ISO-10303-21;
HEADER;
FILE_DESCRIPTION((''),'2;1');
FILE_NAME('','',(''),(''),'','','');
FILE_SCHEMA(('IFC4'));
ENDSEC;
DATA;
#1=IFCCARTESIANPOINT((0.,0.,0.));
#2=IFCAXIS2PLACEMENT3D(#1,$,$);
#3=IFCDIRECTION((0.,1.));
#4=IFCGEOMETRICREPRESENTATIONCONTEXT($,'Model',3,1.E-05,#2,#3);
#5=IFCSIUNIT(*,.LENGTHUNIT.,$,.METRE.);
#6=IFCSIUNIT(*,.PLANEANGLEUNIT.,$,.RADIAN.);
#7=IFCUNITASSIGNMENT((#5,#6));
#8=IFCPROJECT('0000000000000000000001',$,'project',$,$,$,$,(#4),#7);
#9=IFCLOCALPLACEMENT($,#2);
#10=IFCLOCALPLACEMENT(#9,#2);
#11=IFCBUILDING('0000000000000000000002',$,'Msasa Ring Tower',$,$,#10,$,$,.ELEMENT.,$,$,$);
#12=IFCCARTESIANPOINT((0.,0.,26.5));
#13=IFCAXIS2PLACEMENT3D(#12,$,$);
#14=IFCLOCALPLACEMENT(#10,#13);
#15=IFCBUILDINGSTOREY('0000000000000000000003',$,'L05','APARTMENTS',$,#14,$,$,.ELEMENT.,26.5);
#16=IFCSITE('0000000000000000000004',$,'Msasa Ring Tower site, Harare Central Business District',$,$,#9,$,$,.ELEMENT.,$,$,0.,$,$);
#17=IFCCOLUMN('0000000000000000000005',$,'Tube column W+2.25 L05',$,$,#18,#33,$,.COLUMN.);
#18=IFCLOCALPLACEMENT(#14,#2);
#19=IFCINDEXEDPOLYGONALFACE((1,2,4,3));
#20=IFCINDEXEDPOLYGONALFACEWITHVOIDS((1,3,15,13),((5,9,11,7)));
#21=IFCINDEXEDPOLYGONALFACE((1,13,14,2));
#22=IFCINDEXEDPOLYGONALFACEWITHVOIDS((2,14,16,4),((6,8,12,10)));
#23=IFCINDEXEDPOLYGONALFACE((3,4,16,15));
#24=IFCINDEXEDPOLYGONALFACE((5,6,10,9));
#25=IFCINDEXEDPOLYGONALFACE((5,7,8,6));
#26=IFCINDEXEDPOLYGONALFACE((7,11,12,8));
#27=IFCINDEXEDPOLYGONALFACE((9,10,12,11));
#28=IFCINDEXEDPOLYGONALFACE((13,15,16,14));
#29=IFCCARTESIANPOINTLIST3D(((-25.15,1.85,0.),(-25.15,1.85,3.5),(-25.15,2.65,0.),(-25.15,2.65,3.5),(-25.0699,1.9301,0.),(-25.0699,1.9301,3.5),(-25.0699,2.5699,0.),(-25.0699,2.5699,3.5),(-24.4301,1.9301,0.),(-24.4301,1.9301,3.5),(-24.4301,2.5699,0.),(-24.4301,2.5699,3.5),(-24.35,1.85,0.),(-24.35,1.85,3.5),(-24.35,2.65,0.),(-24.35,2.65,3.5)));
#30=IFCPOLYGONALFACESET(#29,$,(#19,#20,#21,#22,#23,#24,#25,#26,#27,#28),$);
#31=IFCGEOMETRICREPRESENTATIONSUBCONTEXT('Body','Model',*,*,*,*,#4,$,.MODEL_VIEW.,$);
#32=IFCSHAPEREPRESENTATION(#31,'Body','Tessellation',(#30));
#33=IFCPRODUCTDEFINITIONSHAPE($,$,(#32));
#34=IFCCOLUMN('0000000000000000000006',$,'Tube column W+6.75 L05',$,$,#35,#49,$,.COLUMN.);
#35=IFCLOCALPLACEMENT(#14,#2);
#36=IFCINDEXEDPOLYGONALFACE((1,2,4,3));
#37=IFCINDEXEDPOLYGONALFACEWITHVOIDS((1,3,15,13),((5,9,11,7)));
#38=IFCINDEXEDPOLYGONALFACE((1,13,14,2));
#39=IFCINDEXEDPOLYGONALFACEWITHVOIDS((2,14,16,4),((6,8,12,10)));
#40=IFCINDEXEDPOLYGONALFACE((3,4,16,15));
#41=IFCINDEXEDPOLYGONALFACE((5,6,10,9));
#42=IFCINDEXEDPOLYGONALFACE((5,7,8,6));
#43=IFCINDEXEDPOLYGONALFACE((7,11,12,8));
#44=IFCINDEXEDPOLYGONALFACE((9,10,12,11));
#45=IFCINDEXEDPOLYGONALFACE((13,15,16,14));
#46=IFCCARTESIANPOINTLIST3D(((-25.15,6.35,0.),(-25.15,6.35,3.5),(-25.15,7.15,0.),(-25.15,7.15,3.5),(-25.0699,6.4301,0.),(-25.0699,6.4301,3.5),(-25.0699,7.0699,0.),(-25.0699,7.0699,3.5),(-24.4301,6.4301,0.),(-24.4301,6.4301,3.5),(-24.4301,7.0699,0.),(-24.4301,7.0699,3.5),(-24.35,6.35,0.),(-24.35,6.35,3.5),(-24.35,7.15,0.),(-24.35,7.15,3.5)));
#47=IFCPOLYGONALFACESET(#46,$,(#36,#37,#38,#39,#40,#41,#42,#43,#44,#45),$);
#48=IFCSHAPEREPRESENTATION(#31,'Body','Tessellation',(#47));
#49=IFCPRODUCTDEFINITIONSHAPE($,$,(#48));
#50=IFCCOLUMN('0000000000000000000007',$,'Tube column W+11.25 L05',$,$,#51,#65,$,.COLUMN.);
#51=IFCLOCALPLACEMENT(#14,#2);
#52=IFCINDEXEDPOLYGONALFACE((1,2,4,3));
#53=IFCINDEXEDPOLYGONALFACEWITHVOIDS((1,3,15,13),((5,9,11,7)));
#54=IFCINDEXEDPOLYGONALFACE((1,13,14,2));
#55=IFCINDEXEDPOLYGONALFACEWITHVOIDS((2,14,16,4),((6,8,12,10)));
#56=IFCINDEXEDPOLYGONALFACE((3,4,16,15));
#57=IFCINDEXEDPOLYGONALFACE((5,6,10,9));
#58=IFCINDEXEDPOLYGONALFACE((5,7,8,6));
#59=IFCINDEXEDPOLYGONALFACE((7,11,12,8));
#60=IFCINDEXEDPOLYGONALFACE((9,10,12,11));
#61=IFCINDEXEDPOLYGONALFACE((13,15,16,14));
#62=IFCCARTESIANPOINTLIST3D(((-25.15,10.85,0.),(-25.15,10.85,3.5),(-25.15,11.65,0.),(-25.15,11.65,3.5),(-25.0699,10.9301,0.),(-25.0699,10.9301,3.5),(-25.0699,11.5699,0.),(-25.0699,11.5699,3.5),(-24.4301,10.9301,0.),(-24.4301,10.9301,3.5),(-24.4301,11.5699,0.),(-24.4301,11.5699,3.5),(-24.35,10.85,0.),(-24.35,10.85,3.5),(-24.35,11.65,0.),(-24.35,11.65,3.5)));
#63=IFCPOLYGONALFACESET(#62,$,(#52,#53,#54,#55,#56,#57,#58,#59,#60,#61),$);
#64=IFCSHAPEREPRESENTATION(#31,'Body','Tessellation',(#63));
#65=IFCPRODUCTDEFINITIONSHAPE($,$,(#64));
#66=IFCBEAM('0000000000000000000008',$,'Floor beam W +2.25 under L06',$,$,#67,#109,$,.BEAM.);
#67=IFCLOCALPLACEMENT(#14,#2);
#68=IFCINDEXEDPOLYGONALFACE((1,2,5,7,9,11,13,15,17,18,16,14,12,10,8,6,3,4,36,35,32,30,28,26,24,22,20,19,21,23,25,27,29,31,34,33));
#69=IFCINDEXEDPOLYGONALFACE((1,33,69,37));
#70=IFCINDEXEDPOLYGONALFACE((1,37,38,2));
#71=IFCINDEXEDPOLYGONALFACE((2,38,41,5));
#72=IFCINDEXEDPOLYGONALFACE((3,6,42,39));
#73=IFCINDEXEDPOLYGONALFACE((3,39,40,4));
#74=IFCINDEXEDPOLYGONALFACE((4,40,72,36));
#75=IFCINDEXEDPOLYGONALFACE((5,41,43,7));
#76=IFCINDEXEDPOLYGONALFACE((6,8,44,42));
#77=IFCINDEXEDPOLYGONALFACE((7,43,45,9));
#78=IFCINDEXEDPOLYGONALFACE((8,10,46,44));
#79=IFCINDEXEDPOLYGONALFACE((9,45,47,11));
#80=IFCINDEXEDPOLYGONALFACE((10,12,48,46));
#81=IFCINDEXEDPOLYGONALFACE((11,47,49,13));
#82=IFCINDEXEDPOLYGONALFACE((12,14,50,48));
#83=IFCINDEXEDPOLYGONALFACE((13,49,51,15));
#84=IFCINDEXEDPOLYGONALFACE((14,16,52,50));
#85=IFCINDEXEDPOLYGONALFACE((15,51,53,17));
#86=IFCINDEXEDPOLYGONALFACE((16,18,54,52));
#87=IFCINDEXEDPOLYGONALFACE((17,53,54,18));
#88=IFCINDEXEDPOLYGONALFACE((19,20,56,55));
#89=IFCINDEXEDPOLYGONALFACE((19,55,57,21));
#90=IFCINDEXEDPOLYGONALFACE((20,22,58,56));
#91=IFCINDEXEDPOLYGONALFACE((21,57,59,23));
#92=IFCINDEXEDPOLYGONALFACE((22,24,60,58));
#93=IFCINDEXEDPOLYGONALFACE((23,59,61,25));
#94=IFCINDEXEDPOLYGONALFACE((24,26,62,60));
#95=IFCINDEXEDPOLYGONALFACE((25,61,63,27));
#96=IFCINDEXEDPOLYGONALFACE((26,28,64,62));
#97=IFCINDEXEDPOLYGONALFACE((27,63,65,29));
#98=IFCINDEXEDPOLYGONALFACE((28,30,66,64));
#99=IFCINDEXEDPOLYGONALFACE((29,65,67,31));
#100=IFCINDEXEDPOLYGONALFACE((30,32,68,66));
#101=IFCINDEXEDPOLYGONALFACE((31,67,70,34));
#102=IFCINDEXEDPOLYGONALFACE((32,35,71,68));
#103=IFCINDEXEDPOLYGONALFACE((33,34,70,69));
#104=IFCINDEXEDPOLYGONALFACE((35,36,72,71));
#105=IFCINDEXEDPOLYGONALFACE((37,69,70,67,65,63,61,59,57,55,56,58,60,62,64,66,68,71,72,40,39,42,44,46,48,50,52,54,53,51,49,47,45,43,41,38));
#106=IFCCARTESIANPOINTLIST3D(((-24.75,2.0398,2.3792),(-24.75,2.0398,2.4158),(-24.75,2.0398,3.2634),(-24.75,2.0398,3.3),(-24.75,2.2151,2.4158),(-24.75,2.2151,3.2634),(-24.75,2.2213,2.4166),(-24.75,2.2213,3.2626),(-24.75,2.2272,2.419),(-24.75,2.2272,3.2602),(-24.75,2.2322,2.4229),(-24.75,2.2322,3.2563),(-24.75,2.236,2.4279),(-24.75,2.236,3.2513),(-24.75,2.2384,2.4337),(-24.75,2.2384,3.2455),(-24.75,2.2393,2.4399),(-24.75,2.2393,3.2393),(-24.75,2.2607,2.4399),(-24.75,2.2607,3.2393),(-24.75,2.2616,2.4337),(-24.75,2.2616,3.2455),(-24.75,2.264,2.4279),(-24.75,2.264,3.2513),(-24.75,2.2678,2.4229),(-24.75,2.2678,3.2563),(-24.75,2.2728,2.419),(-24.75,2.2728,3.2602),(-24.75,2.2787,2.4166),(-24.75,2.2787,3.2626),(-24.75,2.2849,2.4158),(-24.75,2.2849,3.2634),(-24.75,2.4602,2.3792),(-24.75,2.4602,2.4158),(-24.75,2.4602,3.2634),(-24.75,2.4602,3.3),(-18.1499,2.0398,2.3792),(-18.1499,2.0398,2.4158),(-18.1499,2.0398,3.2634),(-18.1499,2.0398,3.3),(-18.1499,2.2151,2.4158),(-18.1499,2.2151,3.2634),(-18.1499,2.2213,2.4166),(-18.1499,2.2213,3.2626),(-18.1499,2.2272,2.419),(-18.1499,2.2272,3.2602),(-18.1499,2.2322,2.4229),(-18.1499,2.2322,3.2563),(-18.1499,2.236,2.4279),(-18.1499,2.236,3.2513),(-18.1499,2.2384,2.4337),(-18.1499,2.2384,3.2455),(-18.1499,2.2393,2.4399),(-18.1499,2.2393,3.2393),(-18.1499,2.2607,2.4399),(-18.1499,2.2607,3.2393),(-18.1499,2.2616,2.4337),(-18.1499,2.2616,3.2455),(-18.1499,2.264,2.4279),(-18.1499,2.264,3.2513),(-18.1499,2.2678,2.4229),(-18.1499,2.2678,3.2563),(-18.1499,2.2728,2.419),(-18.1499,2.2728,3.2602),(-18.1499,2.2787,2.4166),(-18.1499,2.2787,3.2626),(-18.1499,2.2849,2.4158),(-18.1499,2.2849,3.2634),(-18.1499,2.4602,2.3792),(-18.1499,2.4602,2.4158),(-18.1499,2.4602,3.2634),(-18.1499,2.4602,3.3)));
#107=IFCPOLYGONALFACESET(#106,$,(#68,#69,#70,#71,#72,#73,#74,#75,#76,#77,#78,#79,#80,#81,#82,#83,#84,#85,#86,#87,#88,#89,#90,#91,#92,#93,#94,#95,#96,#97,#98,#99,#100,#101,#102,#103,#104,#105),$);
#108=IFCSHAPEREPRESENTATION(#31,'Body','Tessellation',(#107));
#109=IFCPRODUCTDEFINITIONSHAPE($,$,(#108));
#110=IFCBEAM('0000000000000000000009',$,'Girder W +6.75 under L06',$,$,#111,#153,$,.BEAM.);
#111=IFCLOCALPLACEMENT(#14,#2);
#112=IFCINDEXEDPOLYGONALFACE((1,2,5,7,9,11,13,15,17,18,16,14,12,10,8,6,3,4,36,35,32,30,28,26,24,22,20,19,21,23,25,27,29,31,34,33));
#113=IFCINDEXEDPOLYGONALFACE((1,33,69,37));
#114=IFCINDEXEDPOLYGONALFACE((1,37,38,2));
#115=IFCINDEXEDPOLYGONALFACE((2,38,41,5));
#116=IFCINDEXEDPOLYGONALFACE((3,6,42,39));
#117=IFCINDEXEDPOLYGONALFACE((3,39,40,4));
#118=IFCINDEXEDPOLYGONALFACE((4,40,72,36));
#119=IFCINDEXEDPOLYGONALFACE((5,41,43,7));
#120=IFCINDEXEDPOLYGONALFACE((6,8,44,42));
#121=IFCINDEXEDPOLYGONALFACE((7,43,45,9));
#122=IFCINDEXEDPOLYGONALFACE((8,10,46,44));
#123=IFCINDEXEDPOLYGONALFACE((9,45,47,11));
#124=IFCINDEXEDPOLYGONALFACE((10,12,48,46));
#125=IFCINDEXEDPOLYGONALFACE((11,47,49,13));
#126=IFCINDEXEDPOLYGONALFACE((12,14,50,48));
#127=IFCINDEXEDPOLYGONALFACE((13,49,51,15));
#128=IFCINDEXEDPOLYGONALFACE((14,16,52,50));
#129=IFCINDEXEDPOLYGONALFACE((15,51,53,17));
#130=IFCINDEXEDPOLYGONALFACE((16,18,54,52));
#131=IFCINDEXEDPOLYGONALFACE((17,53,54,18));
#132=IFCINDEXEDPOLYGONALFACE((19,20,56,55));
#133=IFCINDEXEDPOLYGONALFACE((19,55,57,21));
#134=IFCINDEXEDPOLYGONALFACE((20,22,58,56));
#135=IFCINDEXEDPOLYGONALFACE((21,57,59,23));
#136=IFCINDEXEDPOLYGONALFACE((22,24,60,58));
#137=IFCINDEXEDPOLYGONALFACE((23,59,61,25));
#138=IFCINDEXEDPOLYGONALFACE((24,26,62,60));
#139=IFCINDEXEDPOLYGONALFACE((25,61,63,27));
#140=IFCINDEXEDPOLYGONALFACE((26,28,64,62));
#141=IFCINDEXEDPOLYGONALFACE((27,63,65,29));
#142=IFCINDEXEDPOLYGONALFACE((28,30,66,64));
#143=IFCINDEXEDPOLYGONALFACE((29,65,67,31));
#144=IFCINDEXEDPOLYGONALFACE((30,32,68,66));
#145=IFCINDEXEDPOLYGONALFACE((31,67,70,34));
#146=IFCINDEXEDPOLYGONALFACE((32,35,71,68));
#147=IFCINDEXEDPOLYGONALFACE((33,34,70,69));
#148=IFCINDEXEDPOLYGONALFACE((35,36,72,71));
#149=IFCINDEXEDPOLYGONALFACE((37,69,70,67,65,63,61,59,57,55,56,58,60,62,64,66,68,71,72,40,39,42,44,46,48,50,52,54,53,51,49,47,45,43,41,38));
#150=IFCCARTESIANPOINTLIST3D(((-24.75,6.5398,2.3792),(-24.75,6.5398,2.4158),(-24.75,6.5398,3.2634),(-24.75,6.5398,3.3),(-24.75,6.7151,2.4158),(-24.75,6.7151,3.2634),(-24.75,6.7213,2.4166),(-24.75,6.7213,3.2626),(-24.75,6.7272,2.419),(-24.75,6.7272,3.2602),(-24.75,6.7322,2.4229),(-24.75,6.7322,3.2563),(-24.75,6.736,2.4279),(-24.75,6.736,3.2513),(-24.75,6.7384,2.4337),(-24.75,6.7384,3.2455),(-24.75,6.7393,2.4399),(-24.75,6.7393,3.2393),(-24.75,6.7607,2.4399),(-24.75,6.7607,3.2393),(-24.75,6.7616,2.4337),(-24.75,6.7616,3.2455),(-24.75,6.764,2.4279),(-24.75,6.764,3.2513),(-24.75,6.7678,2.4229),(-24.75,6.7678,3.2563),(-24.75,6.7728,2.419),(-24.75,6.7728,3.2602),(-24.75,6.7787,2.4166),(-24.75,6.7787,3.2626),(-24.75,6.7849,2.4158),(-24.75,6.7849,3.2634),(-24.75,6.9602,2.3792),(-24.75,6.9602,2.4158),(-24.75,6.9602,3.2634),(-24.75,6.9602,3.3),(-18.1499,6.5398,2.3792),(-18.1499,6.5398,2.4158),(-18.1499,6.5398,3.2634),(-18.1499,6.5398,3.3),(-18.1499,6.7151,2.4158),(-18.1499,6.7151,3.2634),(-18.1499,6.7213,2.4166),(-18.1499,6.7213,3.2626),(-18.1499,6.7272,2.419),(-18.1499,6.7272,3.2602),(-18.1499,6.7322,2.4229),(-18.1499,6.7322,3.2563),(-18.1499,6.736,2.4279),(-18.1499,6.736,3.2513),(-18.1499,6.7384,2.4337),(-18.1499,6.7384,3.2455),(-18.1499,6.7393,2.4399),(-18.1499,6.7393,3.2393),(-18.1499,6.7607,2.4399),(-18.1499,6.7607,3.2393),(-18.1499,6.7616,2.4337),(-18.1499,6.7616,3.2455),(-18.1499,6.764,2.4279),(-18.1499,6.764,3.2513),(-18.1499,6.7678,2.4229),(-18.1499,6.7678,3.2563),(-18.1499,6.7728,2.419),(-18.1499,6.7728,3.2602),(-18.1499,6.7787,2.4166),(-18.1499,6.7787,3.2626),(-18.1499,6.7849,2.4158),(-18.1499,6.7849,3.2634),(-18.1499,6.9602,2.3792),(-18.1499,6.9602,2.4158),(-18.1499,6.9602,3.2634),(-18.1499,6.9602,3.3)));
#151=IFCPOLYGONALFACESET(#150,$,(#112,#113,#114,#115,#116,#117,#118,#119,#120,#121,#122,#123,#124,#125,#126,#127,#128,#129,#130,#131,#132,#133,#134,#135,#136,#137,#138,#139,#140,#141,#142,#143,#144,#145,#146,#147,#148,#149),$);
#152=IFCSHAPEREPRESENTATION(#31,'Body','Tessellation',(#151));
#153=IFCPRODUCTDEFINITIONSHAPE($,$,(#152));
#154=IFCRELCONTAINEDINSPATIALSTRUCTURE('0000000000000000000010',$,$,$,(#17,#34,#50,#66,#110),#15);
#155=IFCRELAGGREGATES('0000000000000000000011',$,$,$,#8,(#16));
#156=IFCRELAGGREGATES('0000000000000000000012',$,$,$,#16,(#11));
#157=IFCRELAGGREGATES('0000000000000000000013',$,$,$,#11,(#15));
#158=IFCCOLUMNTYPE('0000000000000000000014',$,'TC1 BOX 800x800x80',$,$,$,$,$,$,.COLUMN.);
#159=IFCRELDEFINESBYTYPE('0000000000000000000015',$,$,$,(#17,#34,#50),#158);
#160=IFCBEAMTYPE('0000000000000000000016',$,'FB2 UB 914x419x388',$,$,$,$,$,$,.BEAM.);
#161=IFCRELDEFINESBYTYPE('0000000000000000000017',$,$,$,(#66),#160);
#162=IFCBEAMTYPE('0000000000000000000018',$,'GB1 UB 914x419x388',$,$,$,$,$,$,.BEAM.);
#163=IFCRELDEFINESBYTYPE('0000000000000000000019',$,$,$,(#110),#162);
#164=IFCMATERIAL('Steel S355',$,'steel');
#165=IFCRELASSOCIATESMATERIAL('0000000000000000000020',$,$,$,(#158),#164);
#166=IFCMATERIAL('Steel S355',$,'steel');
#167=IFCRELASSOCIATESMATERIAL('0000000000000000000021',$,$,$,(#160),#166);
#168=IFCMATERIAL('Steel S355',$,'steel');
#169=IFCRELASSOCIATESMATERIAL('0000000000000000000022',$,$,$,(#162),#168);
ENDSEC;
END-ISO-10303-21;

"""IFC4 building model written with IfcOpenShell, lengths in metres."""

from ifc_helpers import new_model, si_unit, direction, frame, origin, origin_2d, place, context, subcontext, project, spatial, hollow_rectangle, i_section, extrude, material, material_profile, profile_set, type_object, element, save


model = new_model("IFC4")

# Units and contexts
model_context = context("Model", 3, precision=1e-05, world=origin(), true_north=direction((0.0, 1.0)))
body_context = subcontext(model_context, "Body", "Model", "MODEL_VIEW")
ifc_project = project(units=[si_unit("LENGTHUNIT", "METRE"), si_unit("PLANEANGLEUNIT", "RADIAN")], contexts=[model_context])

# Site, building, storey
site_placement = place(None, origin())
site = spatial("IfcSite", under=ifc_project, at=site_placement, Name="Msasa Ring Tower site, Harare Central Business District", CompositionType="ELEMENT", RefElevation=0.0)
building_placement = place(site_placement, origin())
building = spatial("IfcBuilding", under=site, at=building_placement, Name="Msasa Ring Tower", CompositionType="ELEMENT")
storey_placement = place(building_placement, frame((0.0, 0.0, 26.5)))
storey = spatial("IfcBuildingStorey", under=building, at=storey_placement, Name="L05", Description="APARTMENTS", CompositionType="ELEMENT", Elevation=26.5)

# Columns
ifc_material_1 = material(Name="Steel S355", Category="steel")
ifc_material_profile_1 = material_profile(ifc_material_1, hollow_rectangle(XDim=0.8, YDim=0.8, WallThickness=0.0801, at=origin_2d()), Name="BOX 800x800x80")
ifc_profile_set_1 = profile_set([ifc_material_profile_1], Name="Steel S355")
column_type = type_object("IfcColumnType", Name="TC1 BOX 800x800x80", PredefinedType="COLUMN", material=ifc_profile_set_1)
for number, where, z_axis, x_axis, name in (
    (1, (-24.75, 2.25, 0.0), (0.0, 0.0, 1.0), (1.0, 0.0, 0.0), "Tube column W+2.25 L05"),
    (2, (-24.75, 6.75, 0.0), (0.0, 0.0, 1.0), (1.0, 0.0, 0.0), "Tube column W+6.75 L05"),
    (3, (-24.75, 11.25, 0.0), (0.0, 0.0, 1.0), (1.0, 0.0, 0.0), "Tube column W+11.25 L05"),
):
    element("IfcColumn", number, at=place(storey_placement, frame(where, z_axis=z_axis, x_axis=x_axis)), inside=storey, type_object=column_type, Name=name, PredefinedType="COLUMN", context=body_context, shape_type="SweptSolid", body=[
        extrude(hollow_rectangle(XDim=0.8, YDim=0.8, WallThickness=0.0801, at=origin_2d()), origin(), (0.0, 0.0, 1.0), 3.5),
    ])

# Beams
ifc_material_2 = material(Name="Steel S355", Category="steel")
ifc_material_profile_2 = material_profile(ifc_material_2, i_section(OverallWidth=0.4204, OverallDepth=0.9209, WebThickness=0.0215, FlangeThickness=0.0366, FilletRadius=0.0242, at=origin_2d()), Name="UB 914x419x388")
ifc_profile_set_2 = profile_set([ifc_material_profile_2], Name="Steel S355")
beam_type_1 = type_object("IfcBeamType", Name="FB2 UB 914x419x388", PredefinedType="BEAM", material=ifc_profile_set_2)
beam_1_placement = place(storey_placement, frame((-24.75, 2.25, 2.8396), z_axis=(1.0, 0.0, 0.0), x_axis=(0.0, 1.0, 0.0)))
element("IfcBeam", 4, at=beam_1_placement, inside=storey, type_object=beam_type_1, Name="Floor beam W +2.25 under L06", PredefinedType="BEAM", context=body_context, shape_type="SweptSolid", body=[
    extrude(i_section(OverallWidth=0.4204, OverallDepth=0.9209, WebThickness=0.0215, FlangeThickness=0.0366, FilletRadius=0.0242, at=origin_2d()), origin(), (0.0, 0.0, 1.0), 6.6001),
])
ifc_material_3 = material(Name="Steel S355", Category="steel")
ifc_material_profile_3 = material_profile(ifc_material_3, i_section(OverallWidth=0.4204, OverallDepth=0.9209, WebThickness=0.0215, FlangeThickness=0.0366, FilletRadius=0.0242, at=origin_2d()), Name="UB 914x419x388")
ifc_profile_set_3 = profile_set([ifc_material_profile_3], Name="Steel S355")
beam_type_2 = type_object("IfcBeamType", Name="GB1 UB 914x419x388", PredefinedType="BEAM", material=ifc_profile_set_3)
beam_2_placement = place(storey_placement, frame((-18.1499, 6.75, 2.8396), z_axis=(-1.0, 0.0, 0.0), x_axis=(0.0, -1.0, 0.0)))
element("IfcBeam", 5, at=beam_2_placement, inside=storey, type_object=beam_type_2, Name="Girder W +6.75 under L06", PredefinedType="BEAM", context=body_context, shape_type="SweptSolid", body=[
    extrude(i_section(OverallWidth=0.4204, OverallDepth=0.9209, WebThickness=0.0215, FlangeThickness=0.0366, FilletRadius=0.0242, at=origin_2d()), origin(), (0.0, 0.0, 1.0), 6.6001),
])

save(model, "model.ifc")
